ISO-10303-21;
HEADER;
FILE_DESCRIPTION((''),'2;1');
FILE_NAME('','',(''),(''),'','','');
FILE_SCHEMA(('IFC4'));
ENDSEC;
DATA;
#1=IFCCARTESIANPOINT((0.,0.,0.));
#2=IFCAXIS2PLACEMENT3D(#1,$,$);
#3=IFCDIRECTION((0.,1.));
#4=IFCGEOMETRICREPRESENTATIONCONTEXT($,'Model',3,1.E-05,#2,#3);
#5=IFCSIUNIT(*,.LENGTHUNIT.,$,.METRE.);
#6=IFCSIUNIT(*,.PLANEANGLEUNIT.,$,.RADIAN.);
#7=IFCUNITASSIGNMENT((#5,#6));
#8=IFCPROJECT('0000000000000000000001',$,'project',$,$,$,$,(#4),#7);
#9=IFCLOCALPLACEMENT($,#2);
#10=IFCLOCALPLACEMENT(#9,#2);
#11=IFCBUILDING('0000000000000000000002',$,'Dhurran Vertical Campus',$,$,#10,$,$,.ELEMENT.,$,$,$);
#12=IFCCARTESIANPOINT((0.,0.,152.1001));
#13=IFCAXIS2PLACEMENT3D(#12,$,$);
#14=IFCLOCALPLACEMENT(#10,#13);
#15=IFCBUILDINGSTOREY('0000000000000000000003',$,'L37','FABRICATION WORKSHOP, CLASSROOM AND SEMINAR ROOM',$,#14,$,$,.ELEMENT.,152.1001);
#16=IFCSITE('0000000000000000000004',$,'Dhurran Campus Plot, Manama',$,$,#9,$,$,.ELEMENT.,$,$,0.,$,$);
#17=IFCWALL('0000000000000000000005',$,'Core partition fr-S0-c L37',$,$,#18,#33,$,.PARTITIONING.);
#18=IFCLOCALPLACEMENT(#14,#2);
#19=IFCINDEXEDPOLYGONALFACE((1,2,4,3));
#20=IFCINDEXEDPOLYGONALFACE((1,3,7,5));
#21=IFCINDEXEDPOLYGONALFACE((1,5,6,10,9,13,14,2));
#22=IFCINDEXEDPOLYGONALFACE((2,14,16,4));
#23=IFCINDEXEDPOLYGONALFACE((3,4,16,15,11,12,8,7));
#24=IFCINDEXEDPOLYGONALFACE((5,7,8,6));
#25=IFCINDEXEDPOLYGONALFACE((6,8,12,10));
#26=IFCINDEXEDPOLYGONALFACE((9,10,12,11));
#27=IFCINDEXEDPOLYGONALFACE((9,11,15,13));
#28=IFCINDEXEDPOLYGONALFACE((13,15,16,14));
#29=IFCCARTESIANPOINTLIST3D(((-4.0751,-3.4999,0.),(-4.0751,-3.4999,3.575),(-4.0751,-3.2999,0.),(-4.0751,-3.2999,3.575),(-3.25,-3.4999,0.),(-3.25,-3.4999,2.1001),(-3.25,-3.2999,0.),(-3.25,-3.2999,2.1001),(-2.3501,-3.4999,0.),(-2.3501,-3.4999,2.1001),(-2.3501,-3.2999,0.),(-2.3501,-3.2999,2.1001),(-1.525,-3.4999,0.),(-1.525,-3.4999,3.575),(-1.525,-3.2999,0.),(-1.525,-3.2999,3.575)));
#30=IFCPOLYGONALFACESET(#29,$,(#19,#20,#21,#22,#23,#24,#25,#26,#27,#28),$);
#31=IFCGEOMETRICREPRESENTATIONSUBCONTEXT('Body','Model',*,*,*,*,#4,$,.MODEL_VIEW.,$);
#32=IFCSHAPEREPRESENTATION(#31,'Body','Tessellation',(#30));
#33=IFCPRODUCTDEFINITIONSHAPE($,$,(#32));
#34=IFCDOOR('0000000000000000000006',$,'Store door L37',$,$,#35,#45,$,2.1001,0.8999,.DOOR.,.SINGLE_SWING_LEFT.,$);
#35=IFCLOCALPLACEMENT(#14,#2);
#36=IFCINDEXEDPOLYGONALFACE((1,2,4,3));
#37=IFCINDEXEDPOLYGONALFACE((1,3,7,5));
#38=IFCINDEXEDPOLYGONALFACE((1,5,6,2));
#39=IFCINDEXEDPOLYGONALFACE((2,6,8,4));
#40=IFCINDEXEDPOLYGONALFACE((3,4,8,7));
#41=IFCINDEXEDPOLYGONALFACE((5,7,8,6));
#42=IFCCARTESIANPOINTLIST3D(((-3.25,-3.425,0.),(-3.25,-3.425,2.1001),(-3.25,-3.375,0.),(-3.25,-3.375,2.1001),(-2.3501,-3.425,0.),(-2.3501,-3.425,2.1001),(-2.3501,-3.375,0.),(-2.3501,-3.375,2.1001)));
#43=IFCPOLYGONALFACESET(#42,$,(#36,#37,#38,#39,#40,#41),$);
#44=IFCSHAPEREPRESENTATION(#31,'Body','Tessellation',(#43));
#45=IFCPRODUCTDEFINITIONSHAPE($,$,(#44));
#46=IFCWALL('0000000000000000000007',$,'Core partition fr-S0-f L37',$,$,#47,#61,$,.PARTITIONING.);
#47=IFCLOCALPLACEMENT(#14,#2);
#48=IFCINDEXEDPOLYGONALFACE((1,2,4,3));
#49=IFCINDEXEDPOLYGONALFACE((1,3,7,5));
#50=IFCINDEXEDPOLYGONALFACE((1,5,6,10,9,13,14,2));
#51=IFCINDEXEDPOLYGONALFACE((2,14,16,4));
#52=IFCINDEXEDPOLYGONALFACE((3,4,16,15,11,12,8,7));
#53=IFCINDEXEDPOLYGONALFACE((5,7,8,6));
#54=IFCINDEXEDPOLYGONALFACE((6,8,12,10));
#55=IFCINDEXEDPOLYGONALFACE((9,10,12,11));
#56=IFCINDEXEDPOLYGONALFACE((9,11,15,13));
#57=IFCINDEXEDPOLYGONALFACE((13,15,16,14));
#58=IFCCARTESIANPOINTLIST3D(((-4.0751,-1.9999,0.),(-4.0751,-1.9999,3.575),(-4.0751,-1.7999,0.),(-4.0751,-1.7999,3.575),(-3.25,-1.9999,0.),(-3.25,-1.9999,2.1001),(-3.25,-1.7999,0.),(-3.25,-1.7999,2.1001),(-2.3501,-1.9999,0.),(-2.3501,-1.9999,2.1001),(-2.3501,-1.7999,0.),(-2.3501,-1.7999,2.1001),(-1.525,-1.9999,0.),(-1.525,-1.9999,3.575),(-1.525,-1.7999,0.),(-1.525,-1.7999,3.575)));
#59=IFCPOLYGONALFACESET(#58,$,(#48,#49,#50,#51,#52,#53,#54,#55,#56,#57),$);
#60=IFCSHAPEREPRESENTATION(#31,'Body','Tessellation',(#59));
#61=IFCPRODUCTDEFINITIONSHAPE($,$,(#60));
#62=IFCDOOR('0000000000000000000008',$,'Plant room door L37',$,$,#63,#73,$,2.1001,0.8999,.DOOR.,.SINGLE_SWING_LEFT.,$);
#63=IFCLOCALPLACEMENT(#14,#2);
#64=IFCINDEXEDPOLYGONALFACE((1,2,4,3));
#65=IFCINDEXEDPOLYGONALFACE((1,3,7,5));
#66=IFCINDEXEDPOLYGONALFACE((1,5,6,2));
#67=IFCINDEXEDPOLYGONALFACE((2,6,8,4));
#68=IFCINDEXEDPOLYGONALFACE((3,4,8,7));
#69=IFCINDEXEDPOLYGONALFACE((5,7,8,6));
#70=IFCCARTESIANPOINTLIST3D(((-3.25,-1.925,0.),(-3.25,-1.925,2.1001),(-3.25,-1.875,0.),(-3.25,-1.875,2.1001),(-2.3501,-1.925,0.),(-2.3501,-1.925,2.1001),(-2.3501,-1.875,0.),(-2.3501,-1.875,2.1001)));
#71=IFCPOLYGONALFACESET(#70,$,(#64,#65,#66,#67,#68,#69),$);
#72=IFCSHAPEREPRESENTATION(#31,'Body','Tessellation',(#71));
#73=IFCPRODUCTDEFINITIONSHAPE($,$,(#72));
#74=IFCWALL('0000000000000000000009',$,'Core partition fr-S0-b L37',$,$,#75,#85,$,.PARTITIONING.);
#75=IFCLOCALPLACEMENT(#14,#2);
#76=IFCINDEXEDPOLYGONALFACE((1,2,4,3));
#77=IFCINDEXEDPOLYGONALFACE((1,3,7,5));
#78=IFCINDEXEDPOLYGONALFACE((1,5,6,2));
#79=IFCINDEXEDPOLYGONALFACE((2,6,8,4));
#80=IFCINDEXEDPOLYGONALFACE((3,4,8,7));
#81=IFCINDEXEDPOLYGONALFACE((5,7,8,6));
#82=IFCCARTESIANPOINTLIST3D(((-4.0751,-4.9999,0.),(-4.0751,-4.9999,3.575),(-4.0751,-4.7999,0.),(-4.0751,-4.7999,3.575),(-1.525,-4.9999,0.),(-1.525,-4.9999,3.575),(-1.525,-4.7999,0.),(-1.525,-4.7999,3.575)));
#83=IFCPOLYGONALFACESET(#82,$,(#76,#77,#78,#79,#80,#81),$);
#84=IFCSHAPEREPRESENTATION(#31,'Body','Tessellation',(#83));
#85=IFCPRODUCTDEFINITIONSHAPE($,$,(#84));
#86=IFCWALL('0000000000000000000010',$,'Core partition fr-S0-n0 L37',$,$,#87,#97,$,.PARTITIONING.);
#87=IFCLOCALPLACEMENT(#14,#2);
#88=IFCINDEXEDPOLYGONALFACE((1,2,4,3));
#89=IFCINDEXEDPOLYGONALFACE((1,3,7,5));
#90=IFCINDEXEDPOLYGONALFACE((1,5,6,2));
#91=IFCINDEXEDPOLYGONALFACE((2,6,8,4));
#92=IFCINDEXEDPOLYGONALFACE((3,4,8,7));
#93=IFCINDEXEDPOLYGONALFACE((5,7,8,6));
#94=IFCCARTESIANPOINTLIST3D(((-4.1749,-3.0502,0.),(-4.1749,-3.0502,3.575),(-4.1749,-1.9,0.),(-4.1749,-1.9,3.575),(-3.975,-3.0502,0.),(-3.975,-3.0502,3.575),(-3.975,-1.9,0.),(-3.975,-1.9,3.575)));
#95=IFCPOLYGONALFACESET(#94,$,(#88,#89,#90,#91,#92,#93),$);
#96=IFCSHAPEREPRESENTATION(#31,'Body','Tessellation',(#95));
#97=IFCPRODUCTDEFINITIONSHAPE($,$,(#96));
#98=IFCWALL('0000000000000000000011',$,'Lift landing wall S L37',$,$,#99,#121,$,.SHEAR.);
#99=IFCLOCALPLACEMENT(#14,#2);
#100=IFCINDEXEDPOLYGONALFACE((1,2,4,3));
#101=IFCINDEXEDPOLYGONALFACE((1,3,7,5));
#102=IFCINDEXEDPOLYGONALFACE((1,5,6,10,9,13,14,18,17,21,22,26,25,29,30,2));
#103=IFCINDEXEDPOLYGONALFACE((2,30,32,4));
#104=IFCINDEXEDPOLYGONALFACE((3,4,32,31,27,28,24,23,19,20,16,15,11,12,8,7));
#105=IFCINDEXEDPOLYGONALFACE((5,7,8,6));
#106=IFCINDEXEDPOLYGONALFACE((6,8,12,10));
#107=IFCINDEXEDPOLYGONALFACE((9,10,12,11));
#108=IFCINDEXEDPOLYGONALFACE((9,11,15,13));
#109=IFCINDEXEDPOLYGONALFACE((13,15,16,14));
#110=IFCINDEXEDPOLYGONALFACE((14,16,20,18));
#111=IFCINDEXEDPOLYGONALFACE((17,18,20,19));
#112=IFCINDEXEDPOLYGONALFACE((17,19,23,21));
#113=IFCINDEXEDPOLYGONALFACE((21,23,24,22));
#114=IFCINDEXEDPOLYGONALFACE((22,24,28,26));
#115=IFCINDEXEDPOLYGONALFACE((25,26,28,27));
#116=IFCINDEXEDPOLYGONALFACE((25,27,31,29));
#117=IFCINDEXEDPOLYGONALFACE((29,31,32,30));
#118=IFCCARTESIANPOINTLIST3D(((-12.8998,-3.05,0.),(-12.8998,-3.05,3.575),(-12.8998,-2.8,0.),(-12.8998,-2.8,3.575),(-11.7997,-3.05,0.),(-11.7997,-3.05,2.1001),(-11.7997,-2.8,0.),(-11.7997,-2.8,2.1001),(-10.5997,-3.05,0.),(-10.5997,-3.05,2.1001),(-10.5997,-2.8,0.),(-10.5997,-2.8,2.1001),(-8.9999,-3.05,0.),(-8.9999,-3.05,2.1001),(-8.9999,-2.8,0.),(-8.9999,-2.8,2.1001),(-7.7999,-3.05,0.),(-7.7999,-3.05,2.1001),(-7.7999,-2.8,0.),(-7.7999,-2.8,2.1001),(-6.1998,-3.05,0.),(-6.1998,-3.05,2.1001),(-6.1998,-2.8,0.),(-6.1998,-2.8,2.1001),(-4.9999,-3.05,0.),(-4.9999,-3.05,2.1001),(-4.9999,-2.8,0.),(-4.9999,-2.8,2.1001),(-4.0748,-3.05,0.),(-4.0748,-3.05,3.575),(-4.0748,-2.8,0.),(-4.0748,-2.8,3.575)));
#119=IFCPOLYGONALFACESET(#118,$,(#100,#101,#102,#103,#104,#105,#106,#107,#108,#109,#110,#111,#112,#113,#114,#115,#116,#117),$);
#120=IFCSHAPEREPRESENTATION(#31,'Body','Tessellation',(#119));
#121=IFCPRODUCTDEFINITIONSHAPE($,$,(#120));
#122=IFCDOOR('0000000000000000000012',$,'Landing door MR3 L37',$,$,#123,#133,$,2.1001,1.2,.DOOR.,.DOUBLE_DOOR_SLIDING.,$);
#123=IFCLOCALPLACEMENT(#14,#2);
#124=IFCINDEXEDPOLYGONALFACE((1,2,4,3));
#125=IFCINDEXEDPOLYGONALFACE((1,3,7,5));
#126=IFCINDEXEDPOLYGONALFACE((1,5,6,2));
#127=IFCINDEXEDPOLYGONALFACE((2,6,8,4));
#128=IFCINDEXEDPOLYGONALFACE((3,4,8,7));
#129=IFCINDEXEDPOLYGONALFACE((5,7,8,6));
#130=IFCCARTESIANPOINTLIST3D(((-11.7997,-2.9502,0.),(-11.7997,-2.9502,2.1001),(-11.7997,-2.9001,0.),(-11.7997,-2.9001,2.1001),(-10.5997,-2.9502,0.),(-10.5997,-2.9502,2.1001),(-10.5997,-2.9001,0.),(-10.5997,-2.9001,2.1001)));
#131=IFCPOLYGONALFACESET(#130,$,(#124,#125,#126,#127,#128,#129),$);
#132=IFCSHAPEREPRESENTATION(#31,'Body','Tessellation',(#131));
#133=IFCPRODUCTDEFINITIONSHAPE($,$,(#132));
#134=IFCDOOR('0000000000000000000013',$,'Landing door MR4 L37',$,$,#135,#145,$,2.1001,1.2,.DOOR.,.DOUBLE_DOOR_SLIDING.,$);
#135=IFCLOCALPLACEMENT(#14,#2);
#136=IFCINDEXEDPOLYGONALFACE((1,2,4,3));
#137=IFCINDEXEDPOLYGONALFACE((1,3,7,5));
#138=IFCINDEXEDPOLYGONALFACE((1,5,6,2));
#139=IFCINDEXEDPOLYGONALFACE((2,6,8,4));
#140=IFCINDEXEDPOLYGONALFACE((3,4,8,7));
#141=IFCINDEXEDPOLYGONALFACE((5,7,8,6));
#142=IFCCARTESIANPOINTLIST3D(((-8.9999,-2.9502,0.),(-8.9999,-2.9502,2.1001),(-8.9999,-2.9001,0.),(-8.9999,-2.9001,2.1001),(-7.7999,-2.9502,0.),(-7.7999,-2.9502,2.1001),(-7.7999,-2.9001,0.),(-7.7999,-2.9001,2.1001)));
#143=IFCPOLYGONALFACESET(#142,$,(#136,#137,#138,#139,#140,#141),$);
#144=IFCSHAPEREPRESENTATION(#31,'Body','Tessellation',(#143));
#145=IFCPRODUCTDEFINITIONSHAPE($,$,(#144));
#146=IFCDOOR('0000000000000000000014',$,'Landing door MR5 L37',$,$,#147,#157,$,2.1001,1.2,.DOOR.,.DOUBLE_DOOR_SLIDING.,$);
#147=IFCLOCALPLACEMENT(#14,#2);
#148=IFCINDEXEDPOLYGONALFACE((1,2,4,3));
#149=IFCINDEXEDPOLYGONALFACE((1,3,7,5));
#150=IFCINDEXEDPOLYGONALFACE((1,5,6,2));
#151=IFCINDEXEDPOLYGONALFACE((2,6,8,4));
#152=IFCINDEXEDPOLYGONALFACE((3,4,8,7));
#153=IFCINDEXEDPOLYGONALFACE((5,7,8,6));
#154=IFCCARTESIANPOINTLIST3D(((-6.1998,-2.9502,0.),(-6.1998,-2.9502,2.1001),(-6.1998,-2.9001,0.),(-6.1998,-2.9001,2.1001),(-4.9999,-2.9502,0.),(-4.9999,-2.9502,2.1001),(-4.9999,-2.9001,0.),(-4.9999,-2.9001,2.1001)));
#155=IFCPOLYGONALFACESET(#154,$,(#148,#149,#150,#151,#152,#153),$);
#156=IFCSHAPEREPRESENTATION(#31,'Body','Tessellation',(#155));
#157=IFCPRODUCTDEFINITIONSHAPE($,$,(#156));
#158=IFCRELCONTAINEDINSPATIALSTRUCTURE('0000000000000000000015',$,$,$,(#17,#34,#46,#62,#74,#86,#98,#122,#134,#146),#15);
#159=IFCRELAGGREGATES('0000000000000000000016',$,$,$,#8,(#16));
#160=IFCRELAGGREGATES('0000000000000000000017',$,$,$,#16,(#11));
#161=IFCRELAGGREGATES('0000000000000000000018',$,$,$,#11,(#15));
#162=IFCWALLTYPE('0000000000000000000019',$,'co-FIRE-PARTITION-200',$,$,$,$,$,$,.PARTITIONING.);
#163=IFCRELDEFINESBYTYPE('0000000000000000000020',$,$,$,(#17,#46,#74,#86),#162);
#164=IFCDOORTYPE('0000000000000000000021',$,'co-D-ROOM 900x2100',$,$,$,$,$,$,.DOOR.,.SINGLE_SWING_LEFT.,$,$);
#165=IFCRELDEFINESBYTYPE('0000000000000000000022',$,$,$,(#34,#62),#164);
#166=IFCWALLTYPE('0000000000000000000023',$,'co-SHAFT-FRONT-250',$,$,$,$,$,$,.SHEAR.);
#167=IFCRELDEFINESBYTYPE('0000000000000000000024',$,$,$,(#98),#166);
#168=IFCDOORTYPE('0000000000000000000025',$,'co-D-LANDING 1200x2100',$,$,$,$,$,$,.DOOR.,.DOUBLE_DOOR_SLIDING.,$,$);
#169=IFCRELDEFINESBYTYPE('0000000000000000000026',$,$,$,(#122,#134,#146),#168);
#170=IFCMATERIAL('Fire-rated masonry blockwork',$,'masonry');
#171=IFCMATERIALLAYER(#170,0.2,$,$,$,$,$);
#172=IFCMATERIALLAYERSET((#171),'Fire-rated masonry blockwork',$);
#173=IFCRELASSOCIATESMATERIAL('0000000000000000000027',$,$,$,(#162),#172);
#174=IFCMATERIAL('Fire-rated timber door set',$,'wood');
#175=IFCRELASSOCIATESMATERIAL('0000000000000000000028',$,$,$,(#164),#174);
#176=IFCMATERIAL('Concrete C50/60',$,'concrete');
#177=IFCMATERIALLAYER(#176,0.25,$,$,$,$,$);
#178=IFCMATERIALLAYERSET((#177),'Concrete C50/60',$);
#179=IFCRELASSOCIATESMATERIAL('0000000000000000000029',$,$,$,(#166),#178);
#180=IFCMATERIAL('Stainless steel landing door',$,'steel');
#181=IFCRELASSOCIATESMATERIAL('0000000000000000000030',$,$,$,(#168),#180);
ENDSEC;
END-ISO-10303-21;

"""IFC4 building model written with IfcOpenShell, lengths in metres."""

from ifc_helpers import new_model, si_unit, direction, frame, frame_2d, origin, place, context, subcontext, project, spatial, rectangle, extrude, material, layer, layer_set, type_object, element, fill, save


model = new_model("IFC4")

# Units and contexts
model_context = context("Model", 3, precision=1e-05, world=origin(), true_north=direction((0.0, 1.0)))
body_context = subcontext(model_context, "Body", "Model", "MODEL_VIEW")
ifc_project = project(units=[si_unit("LENGTHUNIT", "METRE"), si_unit("PLANEANGLEUNIT", "RADIAN")], contexts=[model_context])

# Site, building, storey
site_placement = place(None, origin())
site = spatial("IfcSite", under=ifc_project, at=site_placement, Name="Dhurran Campus Plot, Manama", CompositionType="ELEMENT", RefElevation=0.0)
building_placement = place(site_placement, origin())
building = spatial("IfcBuilding", under=site, at=building_placement, Name="Dhurran Vertical Campus", CompositionType="ELEMENT")
storey_placement = place(building_placement, frame((0.0, 0.0, 152.1001)))
storey = spatial("IfcBuildingStorey", under=building, at=storey_placement, Name="L37", Description="FABRICATION WORKSHOP, CLASSROOM AND SEMINAR ROOM", CompositionType="ELEMENT", Elevation=152.1001)

# Shared definitions
ifc_material_1 = material(Name="Fire-rated masonry blockwork", Category="masonry")
ifc_layer_1 = layer(ifc_material_1, 0.2)
ifc_layer_set_1 = layer_set([ifc_layer_1], Name="Fire-rated masonry blockwork")
wall_type_1 = type_object("IfcWallType", Name="co-FIRE-PARTITION-200", PredefinedType="PARTITIONING", material=ifc_layer_set_1)

# Walls, openings, doors
wall_1_placement = place(storey_placement, frame((-4.075, -3.3999, 0.0), z_axis=(0.0, 0.0, 1.0), x_axis=(1.0, 0.0, 0.0)))
wall_1 = element("IfcWall", 1, at=wall_1_placement, inside=storey, type_object=wall_type_1, Name="Core partition fr-S0-c L37", PredefinedType="PARTITIONING", context=body_context, shape_type="SweptSolid", body=[
    extrude(rectangle(XDim=2.55, YDim=0.2, at=frame_2d((1.2749, 0.0))), origin(), (0.0, 0.0, 1.0), 3.575),
])
opening_1_placement = place(wall_1_placement, frame((0.825, 0.0, 0.0)))
opening_1 = element("IfcOpeningElement", 2, at=opening_1_placement, cuts=wall_1, PredefinedType="OPENING", context=body_context, shape_type="SweptSolid", body=[
    extrude(rectangle(XDim=0.8999, YDim=2.1001, at=frame_2d((0.45, 1.05))), frame((0.0, 0.1099, 0.0), z_axis=(0.0, -1.0, 0.0), x_axis=(1.0, 0.0, 0.0)), (0.0, 0.0, 1.0), 0.22),
])
ifc_material_2 = material(Name="Fire-rated timber door set", Category="wood")
door_type_1 = type_object("IfcDoorType", Name="co-D-ROOM 900x2100", OperationType="SINGLE_SWING_LEFT", PredefinedType="DOOR", material=ifc_material_2)
door_1_placement = place(opening_1_placement, origin())
door_1 = element("IfcDoor", 3, at=door_1_placement, inside=storey, type_object=door_type_1, Name="Store door L37", OperationType="SINGLE_SWING_LEFT", OverallHeight=2.1001, OverallWidth=0.8999, PredefinedType="DOOR", context=body_context, shape_type="SweptSolid", body=[
    extrude(rectangle(XDim=0.8999, YDim=2.1001, at=frame_2d((0.45, 1.05))), frame((0.0, 0.0249, 0.0), z_axis=(0.0, -1.0, 0.0), x_axis=(1.0, 0.0, 0.0)), (0.0, 0.0, 1.0), 0.05),
])
fill(opening_1, door_1)
wall_2_placement = place(storey_placement, frame((-4.075, -1.8999, 0.0), z_axis=(0.0, 0.0, 1.0), x_axis=(1.0, 0.0, 0.0)))
wall_2 = element("IfcWall", 4, at=wall_2_placement, inside=storey, type_object=wall_type_1, Name="Core partition fr-S0-f L37", PredefinedType="PARTITIONING", context=body_context, shape_type="SweptSolid", body=[
    extrude(rectangle(XDim=2.55, YDim=0.2, at=frame_2d((1.2749, 0.0))), origin(), (0.0, 0.0, 1.0), 3.575),
])
opening_2_placement = place(wall_2_placement, frame((0.825, 0.0, 0.0)))
opening_2 = element("IfcOpeningElement", 5, at=opening_2_placement, cuts=wall_2, PredefinedType="OPENING", context=body_context, shape_type="SweptSolid", body=[
    extrude(rectangle(XDim=0.8999, YDim=2.1001, at=frame_2d((0.45, 1.05))), frame((0.0, 0.1099, 0.0), z_axis=(0.0, -1.0, 0.0), x_axis=(1.0, 0.0, 0.0)), (0.0, 0.0, 1.0), 0.22),
])
door_2_placement = place(opening_2_placement, origin())
door_2 = element("IfcDoor", 6, at=door_2_placement, inside=storey, type_object=door_type_1, Name="Plant room door L37", OperationType="SINGLE_SWING_LEFT", OverallHeight=2.1001, OverallWidth=0.8999, PredefinedType="DOOR", context=body_context, shape_type="SweptSolid", body=[
    extrude(rectangle(XDim=0.8999, YDim=2.1001, at=frame_2d((0.45, 1.05))), frame((0.0, 0.0249, 0.0), z_axis=(0.0, -1.0, 0.0), x_axis=(1.0, 0.0, 0.0)), (0.0, 0.0, 1.0), 0.05),
])
fill(opening_2, door_2)

# Walls
wall_3_placement = place(storey_placement, frame((-4.075, -4.8999, 0.0), z_axis=(0.0, 0.0, 1.0), x_axis=(1.0, 0.0, 0.0)))
element("IfcWall", 7, at=wall_3_placement, inside=storey, type_object=wall_type_1, Name="Core partition fr-S0-b L37", PredefinedType="PARTITIONING", context=body_context, shape_type="SweptSolid", body=[
    extrude(rectangle(XDim=2.55, YDim=0.2, at=frame_2d((1.2749, 0.0))), origin(), (0.0, 0.0, 1.0), 3.575),
])
wall_4_placement = place(storey_placement, frame((-4.075, -1.8999, 0.0), z_axis=(0.0, 0.0, 1.0), x_axis=(0.0, -1.0, 0.0)))
element("IfcWall", 8, at=wall_4_placement, inside=storey, type_object=wall_type_1, Name="Core partition fr-S0-n0 L37", PredefinedType="PARTITIONING", context=body_context, shape_type="SweptSolid", body=[
    extrude(rectangle(XDim=1.1501, YDim=0.2, at=frame_2d((0.5752, 0.0))), origin(), (0.0, 0.0, 1.0), 3.575),
])

# Wall, openings, doors
ifc_material_3 = material(Name="Concrete C50/60", Category="concrete")
ifc_layer_2 = layer(ifc_material_3, 0.25)
ifc_layer_set_2 = layer_set([ifc_layer_2], Name="Concrete C50/60")
wall_type_2 = type_object("IfcWallType", Name="co-SHAFT-FRONT-250", PredefinedType="SHEAR", material=ifc_layer_set_2)
wall_5_placement = place(storey_placement, frame((-12.8999, -2.925, 0.0), z_axis=(0.0, 0.0, 1.0), x_axis=(1.0, 0.0, 0.0)))
wall_5 = element("IfcWall", 9, at=wall_5_placement, inside=storey, type_object=wall_type_2, Name="Lift landing wall S L37", PredefinedType="SHEAR", context=body_context, shape_type="SweptSolid", body=[
    extrude(rectangle(XDim=8.825, YDim=0.25, at=frame_2d((4.4126, 0.0))), origin(), (0.0, 0.0, 1.0), 3.575),
])
opening_3_placement = place(wall_5_placement, frame((1.1001, 0.0, 0.0)))
opening_3 = element("IfcOpeningElement", 10, at=opening_3_placement, cuts=wall_5, PredefinedType="OPENING", context=body_context, shape_type="SweptSolid", body=[
    extrude(rectangle(XDim=1.2, YDim=2.1001, at=frame_2d((0.6001, 1.05))), frame((0.0, 0.135, 0.0), z_axis=(0.0, -1.0, 0.0), x_axis=(1.0, 0.0, 0.0)), (0.0, 0.0, 1.0), 0.27),
])
opening_4_placement = place(wall_5_placement, frame((3.8999, 0.0, 0.0)))
opening_4 = element("IfcOpeningElement", 11, at=opening_4_placement, cuts=wall_5, PredefinedType="OPENING", context=body_context, shape_type="SweptSolid", body=[
    extrude(rectangle(XDim=1.2, YDim=2.1001, at=frame_2d((0.6001, 1.05))), frame((0.0, 0.135, 0.0), z_axis=(0.0, -1.0, 0.0), x_axis=(1.0, 0.0, 0.0)), (0.0, 0.0, 1.0), 0.27),
])
opening_5_placement = place(wall_5_placement, frame((6.7, 0.0, 0.0)))
opening_5 = element("IfcOpeningElement", 12, at=opening_5_placement, cuts=wall_5, PredefinedType="OPENING", context=body_context, shape_type="SweptSolid", body=[
    extrude(rectangle(XDim=1.2, YDim=2.1001, at=frame_2d((0.6001, 1.05))), frame((0.0, 0.135, 0.0), z_axis=(0.0, -1.0, 0.0), x_axis=(1.0, 0.0, 0.0)), (0.0, 0.0, 1.0), 0.27),
])
ifc_material_4 = material(Name="Stainless steel landing door", Category="steel")
door_type_2 = type_object("IfcDoorType", Name="co-D-LANDING 1200x2100", OperationType="DOUBLE_DOOR_SLIDING", PredefinedType="DOOR", material=ifc_material_4)
door_3_placement = place(opening_3_placement, origin())
door_3 = element("IfcDoor", 13, at=door_3_placement, inside=storey, type_object=door_type_2, Name="Landing door MR3 L37", OperationType="DOUBLE_DOOR_SLIDING", OverallHeight=2.1001, OverallWidth=1.2, PredefinedType="DOOR", context=body_context, shape_type="SweptSolid", body=[
    extrude(rectangle(XDim=1.2, YDim=2.1001, at=frame_2d((0.6001, 1.05))), frame((0.0, 0.0249, 0.0), z_axis=(0.0, -1.0, 0.0), x_axis=(1.0, 0.0, 0.0)), (0.0, 0.0, 1.0), 0.05),
])
fill(opening_3, door_3)
door_4_placement = place(opening_4_placement, origin())
door_4 = element("IfcDoor", 14, at=door_4_placement, inside=storey, type_object=door_type_2, Name="Landing door MR4 L37", OperationType="DOUBLE_DOOR_SLIDING", OverallHeight=2.1001, OverallWidth=1.2, PredefinedType="DOOR", context=body_context, shape_type="SweptSolid", body=[
    extrude(rectangle(XDim=1.2, YDim=2.1001, at=frame_2d((0.6001, 1.05))), frame((0.0, 0.0249, 0.0), z_axis=(0.0, -1.0, 0.0), x_axis=(1.0, 0.0, 0.0)), (0.0, 0.0, 1.0), 0.05),
])
fill(opening_4, door_4)
door_5_placement = place(opening_5_placement, origin())
door_5 = element("IfcDoor", 15, at=door_5_placement, inside=storey, type_object=door_type_2, Name="Landing door MR5 L37", OperationType="DOUBLE_DOOR_SLIDING", OverallHeight=2.1001, OverallWidth=1.2, PredefinedType="DOOR", context=body_context, shape_type="SweptSolid", body=[
    extrude(rectangle(XDim=1.2, YDim=2.1001, at=frame_2d((0.6001, 1.05))), frame((0.0, 0.0249, 0.0), z_axis=(0.0, -1.0, 0.0), x_axis=(1.0, 0.0, 0.0)), (0.0, 0.0, 1.0), 0.05),
])
fill(opening_5, door_5)

save(model, "model.ifc")
